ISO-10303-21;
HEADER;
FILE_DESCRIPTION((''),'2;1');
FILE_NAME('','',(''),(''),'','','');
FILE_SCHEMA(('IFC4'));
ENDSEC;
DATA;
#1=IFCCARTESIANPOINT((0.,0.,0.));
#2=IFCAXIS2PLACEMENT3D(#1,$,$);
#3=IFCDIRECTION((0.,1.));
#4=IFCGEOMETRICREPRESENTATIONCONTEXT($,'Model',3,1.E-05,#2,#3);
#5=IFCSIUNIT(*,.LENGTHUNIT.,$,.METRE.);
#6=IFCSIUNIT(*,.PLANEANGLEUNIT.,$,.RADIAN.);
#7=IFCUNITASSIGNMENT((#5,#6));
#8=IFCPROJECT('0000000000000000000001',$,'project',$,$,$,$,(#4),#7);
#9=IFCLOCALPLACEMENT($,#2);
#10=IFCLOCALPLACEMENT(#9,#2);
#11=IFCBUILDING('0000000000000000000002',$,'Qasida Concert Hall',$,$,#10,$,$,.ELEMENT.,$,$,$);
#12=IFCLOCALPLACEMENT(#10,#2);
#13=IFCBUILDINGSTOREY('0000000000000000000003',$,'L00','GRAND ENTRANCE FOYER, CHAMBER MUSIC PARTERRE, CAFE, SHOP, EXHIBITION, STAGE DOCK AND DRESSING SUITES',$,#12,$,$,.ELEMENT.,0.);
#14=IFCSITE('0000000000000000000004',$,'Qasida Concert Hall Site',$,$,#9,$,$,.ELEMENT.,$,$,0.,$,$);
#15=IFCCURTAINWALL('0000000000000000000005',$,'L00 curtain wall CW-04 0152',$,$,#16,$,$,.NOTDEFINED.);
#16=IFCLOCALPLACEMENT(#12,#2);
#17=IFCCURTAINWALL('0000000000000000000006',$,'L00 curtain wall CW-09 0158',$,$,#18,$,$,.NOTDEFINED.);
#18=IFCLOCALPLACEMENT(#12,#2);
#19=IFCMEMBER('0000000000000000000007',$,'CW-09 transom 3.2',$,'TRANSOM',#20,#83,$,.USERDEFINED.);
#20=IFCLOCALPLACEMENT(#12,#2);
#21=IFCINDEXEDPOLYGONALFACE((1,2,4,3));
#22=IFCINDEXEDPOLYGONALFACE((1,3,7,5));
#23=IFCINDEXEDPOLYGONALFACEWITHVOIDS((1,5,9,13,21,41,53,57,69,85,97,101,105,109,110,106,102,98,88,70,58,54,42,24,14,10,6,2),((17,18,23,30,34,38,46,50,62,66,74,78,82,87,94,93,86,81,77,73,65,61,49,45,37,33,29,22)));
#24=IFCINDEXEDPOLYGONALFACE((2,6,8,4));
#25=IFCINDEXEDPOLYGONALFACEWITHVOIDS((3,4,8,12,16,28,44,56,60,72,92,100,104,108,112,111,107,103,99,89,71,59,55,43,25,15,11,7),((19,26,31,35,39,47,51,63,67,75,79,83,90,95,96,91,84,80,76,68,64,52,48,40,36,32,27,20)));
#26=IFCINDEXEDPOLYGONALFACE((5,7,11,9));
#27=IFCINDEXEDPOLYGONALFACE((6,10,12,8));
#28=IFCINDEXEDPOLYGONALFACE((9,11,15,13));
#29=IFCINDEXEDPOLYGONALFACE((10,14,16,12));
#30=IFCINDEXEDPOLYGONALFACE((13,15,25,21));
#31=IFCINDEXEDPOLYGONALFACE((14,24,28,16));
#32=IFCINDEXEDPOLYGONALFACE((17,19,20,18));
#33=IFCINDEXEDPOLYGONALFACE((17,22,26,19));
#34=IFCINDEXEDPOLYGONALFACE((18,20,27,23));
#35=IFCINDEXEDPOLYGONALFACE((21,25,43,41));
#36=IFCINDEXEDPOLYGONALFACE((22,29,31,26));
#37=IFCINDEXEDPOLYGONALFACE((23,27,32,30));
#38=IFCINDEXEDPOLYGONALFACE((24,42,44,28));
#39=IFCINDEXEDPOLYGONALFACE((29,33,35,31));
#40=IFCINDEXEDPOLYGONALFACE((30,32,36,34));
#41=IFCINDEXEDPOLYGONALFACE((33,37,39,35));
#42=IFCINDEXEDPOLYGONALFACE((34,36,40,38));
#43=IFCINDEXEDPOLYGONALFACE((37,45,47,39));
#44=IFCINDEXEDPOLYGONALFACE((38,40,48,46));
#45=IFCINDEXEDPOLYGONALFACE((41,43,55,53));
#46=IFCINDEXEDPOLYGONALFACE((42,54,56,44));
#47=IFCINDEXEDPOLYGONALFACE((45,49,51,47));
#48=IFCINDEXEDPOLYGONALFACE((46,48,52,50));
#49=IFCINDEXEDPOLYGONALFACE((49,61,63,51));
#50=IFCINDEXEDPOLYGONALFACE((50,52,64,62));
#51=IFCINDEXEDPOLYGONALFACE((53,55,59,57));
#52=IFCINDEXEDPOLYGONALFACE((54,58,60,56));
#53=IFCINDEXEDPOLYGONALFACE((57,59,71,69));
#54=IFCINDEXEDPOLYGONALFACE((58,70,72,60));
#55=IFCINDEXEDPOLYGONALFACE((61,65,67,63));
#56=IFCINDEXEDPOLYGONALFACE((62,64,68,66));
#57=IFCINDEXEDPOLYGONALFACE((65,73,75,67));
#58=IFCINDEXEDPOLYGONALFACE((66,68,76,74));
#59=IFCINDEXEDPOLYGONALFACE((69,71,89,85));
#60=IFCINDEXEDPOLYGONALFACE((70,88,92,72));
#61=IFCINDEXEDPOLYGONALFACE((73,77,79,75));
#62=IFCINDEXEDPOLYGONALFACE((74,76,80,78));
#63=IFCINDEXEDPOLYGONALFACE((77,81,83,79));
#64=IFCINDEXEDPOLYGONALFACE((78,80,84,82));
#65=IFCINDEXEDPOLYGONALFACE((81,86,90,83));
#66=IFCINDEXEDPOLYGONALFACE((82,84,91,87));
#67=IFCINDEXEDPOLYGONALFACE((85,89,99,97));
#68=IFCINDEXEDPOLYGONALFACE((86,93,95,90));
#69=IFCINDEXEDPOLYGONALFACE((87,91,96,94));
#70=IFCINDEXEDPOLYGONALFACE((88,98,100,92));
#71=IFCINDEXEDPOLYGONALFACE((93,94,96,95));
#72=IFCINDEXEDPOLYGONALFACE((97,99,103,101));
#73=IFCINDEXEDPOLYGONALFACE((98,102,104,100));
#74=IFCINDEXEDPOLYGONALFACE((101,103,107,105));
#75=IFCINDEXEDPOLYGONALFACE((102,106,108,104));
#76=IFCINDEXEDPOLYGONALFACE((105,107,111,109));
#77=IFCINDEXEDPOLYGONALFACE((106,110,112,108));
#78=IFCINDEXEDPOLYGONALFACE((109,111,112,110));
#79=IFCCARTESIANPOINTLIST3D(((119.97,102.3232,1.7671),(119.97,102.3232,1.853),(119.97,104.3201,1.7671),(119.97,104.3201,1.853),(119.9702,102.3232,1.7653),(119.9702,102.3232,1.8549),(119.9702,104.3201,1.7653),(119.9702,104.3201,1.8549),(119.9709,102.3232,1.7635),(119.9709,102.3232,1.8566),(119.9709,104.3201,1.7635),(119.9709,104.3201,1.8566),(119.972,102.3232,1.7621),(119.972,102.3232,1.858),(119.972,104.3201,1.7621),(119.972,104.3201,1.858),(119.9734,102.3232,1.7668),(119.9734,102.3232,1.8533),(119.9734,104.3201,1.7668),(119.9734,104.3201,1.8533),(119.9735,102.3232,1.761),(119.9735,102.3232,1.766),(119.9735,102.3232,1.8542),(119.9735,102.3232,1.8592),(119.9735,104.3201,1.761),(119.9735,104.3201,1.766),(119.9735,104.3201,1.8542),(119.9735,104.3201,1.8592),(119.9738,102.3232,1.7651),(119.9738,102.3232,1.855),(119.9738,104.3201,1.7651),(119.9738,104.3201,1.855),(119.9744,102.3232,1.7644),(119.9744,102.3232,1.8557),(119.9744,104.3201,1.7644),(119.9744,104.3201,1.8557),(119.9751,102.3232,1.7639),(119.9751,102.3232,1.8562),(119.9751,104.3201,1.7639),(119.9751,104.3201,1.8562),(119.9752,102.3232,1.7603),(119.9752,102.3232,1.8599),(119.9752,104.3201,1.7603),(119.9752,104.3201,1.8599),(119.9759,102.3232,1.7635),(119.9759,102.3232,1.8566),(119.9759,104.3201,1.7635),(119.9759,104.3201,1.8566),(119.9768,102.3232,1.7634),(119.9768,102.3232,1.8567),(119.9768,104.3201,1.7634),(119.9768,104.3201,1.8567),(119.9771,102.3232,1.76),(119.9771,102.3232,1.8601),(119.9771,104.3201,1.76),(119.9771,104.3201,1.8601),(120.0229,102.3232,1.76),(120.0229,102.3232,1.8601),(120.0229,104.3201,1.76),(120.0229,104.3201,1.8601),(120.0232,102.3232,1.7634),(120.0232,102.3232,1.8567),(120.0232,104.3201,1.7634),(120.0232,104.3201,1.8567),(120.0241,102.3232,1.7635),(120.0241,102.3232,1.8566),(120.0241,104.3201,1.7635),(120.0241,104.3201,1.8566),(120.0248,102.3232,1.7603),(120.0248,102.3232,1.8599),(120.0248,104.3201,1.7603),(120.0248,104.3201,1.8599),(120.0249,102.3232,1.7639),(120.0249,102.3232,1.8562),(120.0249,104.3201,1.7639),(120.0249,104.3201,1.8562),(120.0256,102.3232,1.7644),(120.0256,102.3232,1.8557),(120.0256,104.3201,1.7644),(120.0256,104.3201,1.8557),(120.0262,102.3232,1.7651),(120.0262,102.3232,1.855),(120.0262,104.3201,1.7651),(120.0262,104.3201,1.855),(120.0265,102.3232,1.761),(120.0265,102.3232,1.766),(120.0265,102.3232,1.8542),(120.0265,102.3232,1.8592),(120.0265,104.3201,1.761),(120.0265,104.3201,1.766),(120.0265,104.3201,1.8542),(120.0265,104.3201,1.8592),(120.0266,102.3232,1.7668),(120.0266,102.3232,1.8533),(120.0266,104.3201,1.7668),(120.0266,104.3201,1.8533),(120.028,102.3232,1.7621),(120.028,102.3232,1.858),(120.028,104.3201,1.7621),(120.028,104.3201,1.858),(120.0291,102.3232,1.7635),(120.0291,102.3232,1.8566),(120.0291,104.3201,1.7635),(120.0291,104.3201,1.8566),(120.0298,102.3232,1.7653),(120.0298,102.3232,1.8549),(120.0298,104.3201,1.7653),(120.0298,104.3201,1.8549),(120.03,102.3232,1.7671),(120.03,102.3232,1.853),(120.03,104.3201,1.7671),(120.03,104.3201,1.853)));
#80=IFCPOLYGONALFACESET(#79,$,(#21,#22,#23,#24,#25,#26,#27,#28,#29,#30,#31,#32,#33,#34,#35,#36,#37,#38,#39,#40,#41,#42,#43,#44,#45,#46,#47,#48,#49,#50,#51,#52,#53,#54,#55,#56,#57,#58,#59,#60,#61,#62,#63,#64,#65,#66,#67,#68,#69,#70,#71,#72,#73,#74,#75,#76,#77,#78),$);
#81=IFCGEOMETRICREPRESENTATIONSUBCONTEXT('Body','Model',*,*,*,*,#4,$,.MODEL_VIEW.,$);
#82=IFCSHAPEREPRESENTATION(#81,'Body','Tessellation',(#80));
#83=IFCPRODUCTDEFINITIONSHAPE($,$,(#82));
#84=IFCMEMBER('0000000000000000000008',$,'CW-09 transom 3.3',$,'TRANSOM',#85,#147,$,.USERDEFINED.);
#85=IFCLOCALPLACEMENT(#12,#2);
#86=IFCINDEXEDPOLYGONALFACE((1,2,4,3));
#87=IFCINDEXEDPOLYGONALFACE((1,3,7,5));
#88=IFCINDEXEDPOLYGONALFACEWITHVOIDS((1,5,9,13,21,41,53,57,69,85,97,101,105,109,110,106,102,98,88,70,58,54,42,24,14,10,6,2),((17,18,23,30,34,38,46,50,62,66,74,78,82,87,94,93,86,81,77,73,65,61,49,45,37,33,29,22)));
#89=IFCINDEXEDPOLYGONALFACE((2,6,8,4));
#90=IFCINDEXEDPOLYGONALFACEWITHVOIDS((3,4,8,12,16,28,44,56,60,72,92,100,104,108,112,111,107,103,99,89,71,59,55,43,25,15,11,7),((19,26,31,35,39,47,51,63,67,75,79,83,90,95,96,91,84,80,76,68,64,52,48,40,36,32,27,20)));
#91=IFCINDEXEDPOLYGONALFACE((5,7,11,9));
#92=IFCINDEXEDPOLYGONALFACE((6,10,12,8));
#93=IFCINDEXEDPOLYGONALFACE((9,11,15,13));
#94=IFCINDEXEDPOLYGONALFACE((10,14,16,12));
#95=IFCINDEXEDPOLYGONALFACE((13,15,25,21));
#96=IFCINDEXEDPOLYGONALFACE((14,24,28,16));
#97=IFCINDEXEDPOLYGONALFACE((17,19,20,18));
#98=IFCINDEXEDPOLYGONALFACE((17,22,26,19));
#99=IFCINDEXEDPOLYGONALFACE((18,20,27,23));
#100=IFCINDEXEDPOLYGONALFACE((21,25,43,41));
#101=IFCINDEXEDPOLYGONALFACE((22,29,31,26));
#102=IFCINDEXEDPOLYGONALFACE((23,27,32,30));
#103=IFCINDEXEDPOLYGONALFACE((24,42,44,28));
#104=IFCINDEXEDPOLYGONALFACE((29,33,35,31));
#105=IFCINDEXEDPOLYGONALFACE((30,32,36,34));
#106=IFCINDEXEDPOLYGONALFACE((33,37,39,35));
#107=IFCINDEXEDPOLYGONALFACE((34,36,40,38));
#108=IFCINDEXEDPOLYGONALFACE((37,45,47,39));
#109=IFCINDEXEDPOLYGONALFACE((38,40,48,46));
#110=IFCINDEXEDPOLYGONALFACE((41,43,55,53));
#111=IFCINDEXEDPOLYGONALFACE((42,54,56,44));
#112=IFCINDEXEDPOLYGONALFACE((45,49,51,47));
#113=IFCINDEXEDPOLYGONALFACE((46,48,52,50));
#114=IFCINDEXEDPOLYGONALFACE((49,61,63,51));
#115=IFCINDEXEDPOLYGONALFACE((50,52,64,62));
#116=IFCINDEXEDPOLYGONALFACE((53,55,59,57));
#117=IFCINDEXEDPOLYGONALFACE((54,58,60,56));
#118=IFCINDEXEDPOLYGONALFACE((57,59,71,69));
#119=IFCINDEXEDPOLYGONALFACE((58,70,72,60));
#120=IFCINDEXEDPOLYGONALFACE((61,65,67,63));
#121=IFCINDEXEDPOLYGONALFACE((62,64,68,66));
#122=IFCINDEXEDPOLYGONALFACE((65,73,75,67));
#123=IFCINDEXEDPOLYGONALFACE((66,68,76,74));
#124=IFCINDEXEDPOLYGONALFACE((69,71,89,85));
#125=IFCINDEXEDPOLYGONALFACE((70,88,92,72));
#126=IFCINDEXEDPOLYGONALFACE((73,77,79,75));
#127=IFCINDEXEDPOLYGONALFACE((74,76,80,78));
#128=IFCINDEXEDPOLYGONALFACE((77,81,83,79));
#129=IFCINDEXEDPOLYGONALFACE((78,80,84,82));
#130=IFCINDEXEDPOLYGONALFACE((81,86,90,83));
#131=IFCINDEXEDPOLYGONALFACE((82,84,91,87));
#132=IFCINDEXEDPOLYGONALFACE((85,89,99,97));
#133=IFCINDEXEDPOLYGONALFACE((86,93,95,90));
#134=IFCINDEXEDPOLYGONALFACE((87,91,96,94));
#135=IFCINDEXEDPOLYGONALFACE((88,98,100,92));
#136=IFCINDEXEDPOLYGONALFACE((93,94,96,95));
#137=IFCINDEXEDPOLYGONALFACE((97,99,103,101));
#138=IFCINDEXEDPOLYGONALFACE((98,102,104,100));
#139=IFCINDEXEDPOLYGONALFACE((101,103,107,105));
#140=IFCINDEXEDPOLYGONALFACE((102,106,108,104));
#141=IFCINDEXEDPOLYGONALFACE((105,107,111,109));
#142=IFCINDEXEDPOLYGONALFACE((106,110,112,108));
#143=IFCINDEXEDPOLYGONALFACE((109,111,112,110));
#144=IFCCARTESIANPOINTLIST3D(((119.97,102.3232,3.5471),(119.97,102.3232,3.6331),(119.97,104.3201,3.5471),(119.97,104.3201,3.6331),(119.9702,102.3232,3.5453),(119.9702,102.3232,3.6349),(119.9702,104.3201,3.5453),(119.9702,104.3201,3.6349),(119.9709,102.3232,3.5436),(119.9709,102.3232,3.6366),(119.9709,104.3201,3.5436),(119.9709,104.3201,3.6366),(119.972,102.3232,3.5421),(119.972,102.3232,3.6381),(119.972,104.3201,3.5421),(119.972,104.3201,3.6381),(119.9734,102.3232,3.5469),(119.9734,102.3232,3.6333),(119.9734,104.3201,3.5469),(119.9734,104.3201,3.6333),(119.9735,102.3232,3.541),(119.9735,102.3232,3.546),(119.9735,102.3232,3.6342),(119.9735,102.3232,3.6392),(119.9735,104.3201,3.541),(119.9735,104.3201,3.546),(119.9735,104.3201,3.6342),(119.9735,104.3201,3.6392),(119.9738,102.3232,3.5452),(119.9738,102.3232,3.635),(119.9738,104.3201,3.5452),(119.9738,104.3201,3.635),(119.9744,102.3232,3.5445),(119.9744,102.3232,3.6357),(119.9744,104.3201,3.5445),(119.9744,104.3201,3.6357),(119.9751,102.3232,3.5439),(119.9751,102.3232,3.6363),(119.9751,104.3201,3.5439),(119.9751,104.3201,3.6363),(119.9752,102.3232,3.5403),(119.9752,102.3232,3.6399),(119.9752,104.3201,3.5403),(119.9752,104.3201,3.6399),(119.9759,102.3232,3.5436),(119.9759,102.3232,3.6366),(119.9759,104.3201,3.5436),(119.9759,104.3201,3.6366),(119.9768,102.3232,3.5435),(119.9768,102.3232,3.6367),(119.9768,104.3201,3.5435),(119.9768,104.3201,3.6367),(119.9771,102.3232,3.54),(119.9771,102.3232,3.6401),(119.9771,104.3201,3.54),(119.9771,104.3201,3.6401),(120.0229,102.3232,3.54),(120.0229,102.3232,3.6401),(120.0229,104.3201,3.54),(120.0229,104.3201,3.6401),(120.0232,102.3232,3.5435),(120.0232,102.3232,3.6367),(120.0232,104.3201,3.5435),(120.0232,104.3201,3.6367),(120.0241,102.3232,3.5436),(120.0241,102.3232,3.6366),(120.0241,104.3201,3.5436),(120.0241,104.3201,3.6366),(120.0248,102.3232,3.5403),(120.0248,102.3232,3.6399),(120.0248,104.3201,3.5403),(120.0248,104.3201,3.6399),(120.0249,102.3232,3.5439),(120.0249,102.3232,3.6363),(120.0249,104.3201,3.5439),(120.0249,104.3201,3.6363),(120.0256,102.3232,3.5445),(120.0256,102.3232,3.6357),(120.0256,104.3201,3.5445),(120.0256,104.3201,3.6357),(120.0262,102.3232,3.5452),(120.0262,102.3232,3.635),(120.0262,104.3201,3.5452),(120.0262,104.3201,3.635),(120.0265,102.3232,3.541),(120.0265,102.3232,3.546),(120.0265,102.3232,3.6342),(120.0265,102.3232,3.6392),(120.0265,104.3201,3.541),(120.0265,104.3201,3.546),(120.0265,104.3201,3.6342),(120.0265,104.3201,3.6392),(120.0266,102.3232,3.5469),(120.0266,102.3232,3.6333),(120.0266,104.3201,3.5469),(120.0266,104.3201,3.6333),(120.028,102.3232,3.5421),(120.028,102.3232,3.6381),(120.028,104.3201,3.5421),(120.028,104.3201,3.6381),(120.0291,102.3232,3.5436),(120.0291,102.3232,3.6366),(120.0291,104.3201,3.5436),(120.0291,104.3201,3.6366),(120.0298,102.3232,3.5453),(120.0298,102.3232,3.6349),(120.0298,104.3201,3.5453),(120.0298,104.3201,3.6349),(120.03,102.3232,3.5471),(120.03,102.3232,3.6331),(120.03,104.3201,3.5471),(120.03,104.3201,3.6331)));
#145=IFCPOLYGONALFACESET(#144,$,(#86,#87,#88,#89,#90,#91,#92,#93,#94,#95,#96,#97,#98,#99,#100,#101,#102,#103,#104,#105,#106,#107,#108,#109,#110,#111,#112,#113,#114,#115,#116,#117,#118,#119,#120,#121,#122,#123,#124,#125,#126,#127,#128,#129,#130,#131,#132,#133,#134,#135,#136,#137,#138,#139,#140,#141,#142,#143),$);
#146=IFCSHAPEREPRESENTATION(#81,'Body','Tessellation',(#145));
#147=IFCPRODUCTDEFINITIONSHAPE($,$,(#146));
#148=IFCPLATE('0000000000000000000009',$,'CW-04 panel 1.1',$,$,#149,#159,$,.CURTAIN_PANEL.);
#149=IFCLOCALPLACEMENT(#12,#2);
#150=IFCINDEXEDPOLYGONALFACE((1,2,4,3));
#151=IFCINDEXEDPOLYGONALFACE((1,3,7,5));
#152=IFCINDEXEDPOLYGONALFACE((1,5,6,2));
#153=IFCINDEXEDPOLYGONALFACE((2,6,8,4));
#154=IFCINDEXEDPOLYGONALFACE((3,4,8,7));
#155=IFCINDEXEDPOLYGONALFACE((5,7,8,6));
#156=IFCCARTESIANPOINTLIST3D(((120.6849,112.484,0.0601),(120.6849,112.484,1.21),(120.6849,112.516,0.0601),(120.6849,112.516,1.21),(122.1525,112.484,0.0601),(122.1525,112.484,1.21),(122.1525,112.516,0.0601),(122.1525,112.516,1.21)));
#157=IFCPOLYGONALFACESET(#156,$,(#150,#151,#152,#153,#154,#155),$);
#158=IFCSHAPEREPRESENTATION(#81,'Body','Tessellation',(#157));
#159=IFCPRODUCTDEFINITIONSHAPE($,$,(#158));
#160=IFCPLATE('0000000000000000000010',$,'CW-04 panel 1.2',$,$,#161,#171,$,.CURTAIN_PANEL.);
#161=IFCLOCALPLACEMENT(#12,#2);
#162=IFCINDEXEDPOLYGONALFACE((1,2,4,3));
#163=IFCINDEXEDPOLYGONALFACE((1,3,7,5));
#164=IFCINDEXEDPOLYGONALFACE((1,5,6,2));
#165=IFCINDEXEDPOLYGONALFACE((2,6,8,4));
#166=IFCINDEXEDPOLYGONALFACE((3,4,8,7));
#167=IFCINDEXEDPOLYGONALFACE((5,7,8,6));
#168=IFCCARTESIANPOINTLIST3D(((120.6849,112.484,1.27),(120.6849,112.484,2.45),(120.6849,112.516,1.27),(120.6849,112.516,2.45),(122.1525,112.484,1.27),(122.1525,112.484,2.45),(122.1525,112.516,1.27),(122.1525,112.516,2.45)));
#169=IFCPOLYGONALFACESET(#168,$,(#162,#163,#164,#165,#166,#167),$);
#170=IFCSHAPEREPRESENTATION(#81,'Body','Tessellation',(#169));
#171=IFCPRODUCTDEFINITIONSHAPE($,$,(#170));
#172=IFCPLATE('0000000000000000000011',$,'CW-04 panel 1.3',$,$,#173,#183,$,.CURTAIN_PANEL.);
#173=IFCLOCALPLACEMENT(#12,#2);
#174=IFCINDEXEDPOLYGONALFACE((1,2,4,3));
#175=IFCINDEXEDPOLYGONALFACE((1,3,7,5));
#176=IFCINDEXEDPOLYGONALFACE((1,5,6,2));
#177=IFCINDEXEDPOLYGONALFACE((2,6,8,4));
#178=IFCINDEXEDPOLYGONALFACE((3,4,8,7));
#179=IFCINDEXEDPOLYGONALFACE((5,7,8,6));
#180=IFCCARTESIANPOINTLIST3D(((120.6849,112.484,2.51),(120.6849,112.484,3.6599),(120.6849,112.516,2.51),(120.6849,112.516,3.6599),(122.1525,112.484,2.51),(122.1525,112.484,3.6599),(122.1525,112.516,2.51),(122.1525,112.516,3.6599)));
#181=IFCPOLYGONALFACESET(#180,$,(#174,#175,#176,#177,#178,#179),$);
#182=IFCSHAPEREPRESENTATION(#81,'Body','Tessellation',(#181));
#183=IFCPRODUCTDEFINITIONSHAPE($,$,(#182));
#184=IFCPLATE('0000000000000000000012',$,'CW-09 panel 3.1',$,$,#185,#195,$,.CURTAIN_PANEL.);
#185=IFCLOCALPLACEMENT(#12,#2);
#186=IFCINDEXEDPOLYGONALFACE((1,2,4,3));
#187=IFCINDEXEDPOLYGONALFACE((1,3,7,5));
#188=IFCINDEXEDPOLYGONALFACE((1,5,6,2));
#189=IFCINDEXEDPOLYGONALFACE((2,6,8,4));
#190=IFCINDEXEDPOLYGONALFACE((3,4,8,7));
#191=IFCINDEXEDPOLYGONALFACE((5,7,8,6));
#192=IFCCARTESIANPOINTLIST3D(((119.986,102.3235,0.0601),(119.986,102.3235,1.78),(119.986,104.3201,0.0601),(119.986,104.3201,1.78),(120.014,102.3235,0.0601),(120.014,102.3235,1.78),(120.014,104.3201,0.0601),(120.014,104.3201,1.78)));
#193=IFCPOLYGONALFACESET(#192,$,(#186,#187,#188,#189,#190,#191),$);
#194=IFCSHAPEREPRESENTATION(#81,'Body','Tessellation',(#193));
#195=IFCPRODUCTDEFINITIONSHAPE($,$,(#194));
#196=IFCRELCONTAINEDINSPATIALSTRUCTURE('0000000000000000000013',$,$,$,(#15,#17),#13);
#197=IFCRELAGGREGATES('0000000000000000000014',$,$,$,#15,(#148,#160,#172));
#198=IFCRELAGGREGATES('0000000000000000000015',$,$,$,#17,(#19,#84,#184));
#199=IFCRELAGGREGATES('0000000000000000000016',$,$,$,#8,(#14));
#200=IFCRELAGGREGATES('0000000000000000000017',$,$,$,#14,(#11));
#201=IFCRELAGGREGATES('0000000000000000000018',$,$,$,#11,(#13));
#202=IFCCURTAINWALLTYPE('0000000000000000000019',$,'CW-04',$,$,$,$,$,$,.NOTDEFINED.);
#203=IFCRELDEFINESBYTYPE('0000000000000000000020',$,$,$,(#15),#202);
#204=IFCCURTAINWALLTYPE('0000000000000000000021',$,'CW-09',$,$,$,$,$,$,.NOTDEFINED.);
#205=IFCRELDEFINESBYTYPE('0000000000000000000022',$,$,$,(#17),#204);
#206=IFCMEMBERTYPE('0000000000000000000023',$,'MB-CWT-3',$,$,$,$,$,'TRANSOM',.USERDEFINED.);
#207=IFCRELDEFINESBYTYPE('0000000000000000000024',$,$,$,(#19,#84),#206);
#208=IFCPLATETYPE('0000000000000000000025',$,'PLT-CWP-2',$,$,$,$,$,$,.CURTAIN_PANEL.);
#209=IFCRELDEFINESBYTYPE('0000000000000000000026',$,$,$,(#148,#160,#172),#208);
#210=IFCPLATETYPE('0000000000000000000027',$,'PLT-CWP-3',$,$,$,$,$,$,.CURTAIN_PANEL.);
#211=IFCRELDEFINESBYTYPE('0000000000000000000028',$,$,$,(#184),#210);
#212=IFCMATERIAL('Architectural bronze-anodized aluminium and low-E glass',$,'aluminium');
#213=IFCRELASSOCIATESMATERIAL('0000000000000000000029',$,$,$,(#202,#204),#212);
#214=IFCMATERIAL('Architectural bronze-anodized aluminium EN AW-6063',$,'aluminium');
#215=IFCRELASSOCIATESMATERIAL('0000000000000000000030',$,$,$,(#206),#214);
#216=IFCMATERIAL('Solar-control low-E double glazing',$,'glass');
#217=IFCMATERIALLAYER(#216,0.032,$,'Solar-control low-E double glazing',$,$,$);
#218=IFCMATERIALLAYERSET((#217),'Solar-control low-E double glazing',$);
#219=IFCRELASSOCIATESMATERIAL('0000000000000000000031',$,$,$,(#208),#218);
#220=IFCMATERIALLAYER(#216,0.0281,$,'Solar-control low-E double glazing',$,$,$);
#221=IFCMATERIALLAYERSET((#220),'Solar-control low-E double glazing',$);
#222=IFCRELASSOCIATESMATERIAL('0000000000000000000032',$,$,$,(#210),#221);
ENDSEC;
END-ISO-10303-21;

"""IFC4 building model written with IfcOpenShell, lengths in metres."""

from ifc_helpers import new_model, si_unit, direction, frame, origin, origin_2d, place, context, subcontext, project, spatial, rectangle, hollow_rectangle, extrude, material, layer, layer_set, material_profile, profile_set, type_object, element, aggregate, save


model = new_model("IFC4")

# Units and contexts
model_context = context("Model", 3, precision=1e-05, world=origin(), true_north=direction((0.0, 1.0)))
body_context = subcontext(model_context, "Body", "Model", "MODEL_VIEW")
ifc_project = project(units=[si_unit("LENGTHUNIT", "METRE"), si_unit("PLANEANGLEUNIT", "RADIAN")], contexts=[model_context])

# Site, building, storey
site_placement = place(None, origin())
site = spatial("IfcSite", under=ifc_project, at=site_placement, Name="Qasida Concert Hall Site", CompositionType="ELEMENT", RefElevation=0.0)
building_placement = place(site_placement, origin())
building = spatial("IfcBuilding", under=site, at=building_placement, Name="Qasida Concert Hall", CompositionType="ELEMENT")
storey_placement = place(building_placement, origin())
storey = spatial("IfcBuildingStorey", under=building, at=storey_placement, Name="L00", Description="GRAND ENTRANCE FOYER, CHAMBER MUSIC PARTERRE, CAFE, SHOP, EXHIBITION, STAGE DOCK AND DRESSING SUITES", CompositionType="ELEMENT", Elevation=0.0)

# Curtain wall
ifc_material_1 = material(Name="Architectural bronze-anodized aluminium and low-E glass", Category="aluminium")
curtain_wall_type_1 = type_object("IfcCurtainWallType", Name="CW-04", PredefinedType="NOTDEFINED", material=ifc_material_1)
curtain_wall_1_placement = place(storey_placement, origin())
curtain_wall_1 = element("IfcCurtainWall", 1, at=curtain_wall_1_placement, inside=storey, type_object=curtain_wall_type_1, Name="L00 curtain wall CW-04 0152", PredefinedType="NOTDEFINED")
ifc_material_2 = material(Name="Architectural bronze-anodized aluminium EN AW-6063", Category="aluminium")

# Curtain wall
curtain_wall_type_2 = type_object("IfcCurtainWallType", Name="CW-09", PredefinedType="NOTDEFINED", material=ifc_material_1)
curtain_wall_2_placement = place(storey_placement, origin())
curtain_wall_2 = element("IfcCurtainWall", 2, at=curtain_wall_2_placement, inside=storey, type_object=curtain_wall_type_2, Name="L00 curtain wall CW-09 0158", PredefinedType="NOTDEFINED")

# Members
ifc_material_profile_1 = material_profile(ifc_material_2, hollow_rectangle(XDim=0.0601, YDim=0.1001, WallThickness=0.0034, InnerFilletRadius=0.0034, OuterFilletRadius=0.0071, at=origin_2d()), Name="CWT 100x60x3.5")
ifc_profile_set_1 = profile_set([ifc_material_profile_1], Name="Architectural bronze-anodized aluminium EN AW-6063")
member_type_1 = type_object("IfcMemberType", Name="MB-CWT-3", ElementType="TRANSOM", PredefinedType="USERDEFINED", material=ifc_profile_set_1)
member_1_placement = place(storey_placement, frame((120.0, 102.3232, 1.8101), z_axis=(0.0, 1.0, 0.0), x_axis=(-1.0, 0.0, 0.0)))
member_1 = element("IfcMember", 3, at=member_1_placement, type_object=member_type_1, Name="CW-09 transom 3.2", ObjectType="TRANSOM", PredefinedType="USERDEFINED", context=body_context, shape_type="SweptSolid", body=[
    extrude(hollow_rectangle(XDim=0.0601, YDim=0.1001, WallThickness=0.0034, InnerFilletRadius=0.0034, OuterFilletRadius=0.0071, at=origin_2d()), origin(), (0.0, 0.0, 1.0), 1.9968),
])
member_2_placement = place(storey_placement, frame((120.0, 102.3232, 3.5901), z_axis=(0.0, 1.0, 0.0), x_axis=(-1.0, 0.0, 0.0)))
member_2 = element("IfcMember", 4, at=member_2_placement, type_object=member_type_1, Name="CW-09 transom 3.3", ObjectType="TRANSOM", PredefinedType="USERDEFINED", context=body_context, shape_type="SweptSolid", body=[
    extrude(hollow_rectangle(XDim=0.0601, YDim=0.1001, WallThickness=0.0034, InnerFilletRadius=0.0034, OuterFilletRadius=0.0071, at=origin_2d()), origin(), (0.0, 0.0, 1.0), 1.9968),
])

# Plates
ifc_material_3 = material(Name="Solar-control low-E double glazing", Category="glass")
ifc_layer_1 = layer(ifc_material_3, 0.032, Name="Solar-control low-E double glazing")
ifc_layer_set_1 = layer_set([ifc_layer_1], Name="Solar-control low-E double glazing")
plate_type_1 = type_object("IfcPlateType", Name="PLT-CWP-2", PredefinedType="CURTAIN_PANEL", material=ifc_layer_set_1)
plate_1_placement = place(storey_placement, frame((121.4187, 112.5, 0.0601), z_axis=(0.0, 0.0, 1.0), x_axis=(1.0, 0.0, 0.0)))
plate_1 = element("IfcPlate", 5, at=plate_1_placement, type_object=plate_type_1, Name="CW-04 panel 1.1", PredefinedType="CURTAIN_PANEL", context=body_context, shape_type="SweptSolid", body=[
    extrude(rectangle(XDim=1.4675, YDim=0.032, at=origin_2d()), origin(), (0.0, 0.0, 1.0), 1.1499),
])
plate_2_placement = place(storey_placement, frame((121.4187, 112.5, 1.27), z_axis=(0.0, 0.0, 1.0), x_axis=(1.0, 0.0, 0.0)))
plate_2 = element("IfcPlate", 6, at=plate_2_placement, type_object=plate_type_1, Name="CW-04 panel 1.2", PredefinedType="CURTAIN_PANEL", context=body_context, shape_type="SweptSolid", body=[
    extrude(rectangle(XDim=1.4675, YDim=0.032, at=origin_2d()), origin(), (0.0, 0.0, 1.0), 1.1799),
])
plate_3_placement = place(storey_placement, frame((121.4187, 112.5, 2.51), z_axis=(0.0, 0.0, 1.0), x_axis=(1.0, 0.0, 0.0)))
plate_3 = element("IfcPlate", 7, at=plate_3_placement, type_object=plate_type_1, Name="CW-04 panel 1.3", PredefinedType="CURTAIN_PANEL", context=body_context, shape_type="SweptSolid", body=[
    extrude(rectangle(XDim=1.4675, YDim=0.032, at=origin_2d()), origin(), (0.0, 0.0, 1.0), 1.1499),
])
aggregate(curtain_wall_1, [plate_1, plate_2, plate_3])
ifc_layer_2 = layer(ifc_material_3, 0.0281, Name="Solar-control low-E double glazing")
ifc_layer_set_2 = layer_set([ifc_layer_2], Name="Solar-control low-E double glazing")
plate_type_2 = type_object("IfcPlateType", Name="PLT-CWP-3", PredefinedType="CURTAIN_PANEL", material=ifc_layer_set_2)
plate_4_placement = place(storey_placement, frame((120.0, 103.3218, 0.0601), z_axis=(0.0, 0.0, 1.0), x_axis=(0.0, 1.0, 0.0)))
plate_4 = element("IfcPlate", 8, at=plate_4_placement, type_object=plate_type_2, Name="CW-09 panel 3.1", PredefinedType="CURTAIN_PANEL", context=body_context, shape_type="SweptSolid", body=[
    extrude(rectangle(XDim=1.9966, YDim=0.0281, at=origin_2d()), origin(), (0.0, 0.0, 1.0), 1.72),
])
aggregate(curtain_wall_2, [member_1, member_2, plate_4])

save(model, "model.ifc")
